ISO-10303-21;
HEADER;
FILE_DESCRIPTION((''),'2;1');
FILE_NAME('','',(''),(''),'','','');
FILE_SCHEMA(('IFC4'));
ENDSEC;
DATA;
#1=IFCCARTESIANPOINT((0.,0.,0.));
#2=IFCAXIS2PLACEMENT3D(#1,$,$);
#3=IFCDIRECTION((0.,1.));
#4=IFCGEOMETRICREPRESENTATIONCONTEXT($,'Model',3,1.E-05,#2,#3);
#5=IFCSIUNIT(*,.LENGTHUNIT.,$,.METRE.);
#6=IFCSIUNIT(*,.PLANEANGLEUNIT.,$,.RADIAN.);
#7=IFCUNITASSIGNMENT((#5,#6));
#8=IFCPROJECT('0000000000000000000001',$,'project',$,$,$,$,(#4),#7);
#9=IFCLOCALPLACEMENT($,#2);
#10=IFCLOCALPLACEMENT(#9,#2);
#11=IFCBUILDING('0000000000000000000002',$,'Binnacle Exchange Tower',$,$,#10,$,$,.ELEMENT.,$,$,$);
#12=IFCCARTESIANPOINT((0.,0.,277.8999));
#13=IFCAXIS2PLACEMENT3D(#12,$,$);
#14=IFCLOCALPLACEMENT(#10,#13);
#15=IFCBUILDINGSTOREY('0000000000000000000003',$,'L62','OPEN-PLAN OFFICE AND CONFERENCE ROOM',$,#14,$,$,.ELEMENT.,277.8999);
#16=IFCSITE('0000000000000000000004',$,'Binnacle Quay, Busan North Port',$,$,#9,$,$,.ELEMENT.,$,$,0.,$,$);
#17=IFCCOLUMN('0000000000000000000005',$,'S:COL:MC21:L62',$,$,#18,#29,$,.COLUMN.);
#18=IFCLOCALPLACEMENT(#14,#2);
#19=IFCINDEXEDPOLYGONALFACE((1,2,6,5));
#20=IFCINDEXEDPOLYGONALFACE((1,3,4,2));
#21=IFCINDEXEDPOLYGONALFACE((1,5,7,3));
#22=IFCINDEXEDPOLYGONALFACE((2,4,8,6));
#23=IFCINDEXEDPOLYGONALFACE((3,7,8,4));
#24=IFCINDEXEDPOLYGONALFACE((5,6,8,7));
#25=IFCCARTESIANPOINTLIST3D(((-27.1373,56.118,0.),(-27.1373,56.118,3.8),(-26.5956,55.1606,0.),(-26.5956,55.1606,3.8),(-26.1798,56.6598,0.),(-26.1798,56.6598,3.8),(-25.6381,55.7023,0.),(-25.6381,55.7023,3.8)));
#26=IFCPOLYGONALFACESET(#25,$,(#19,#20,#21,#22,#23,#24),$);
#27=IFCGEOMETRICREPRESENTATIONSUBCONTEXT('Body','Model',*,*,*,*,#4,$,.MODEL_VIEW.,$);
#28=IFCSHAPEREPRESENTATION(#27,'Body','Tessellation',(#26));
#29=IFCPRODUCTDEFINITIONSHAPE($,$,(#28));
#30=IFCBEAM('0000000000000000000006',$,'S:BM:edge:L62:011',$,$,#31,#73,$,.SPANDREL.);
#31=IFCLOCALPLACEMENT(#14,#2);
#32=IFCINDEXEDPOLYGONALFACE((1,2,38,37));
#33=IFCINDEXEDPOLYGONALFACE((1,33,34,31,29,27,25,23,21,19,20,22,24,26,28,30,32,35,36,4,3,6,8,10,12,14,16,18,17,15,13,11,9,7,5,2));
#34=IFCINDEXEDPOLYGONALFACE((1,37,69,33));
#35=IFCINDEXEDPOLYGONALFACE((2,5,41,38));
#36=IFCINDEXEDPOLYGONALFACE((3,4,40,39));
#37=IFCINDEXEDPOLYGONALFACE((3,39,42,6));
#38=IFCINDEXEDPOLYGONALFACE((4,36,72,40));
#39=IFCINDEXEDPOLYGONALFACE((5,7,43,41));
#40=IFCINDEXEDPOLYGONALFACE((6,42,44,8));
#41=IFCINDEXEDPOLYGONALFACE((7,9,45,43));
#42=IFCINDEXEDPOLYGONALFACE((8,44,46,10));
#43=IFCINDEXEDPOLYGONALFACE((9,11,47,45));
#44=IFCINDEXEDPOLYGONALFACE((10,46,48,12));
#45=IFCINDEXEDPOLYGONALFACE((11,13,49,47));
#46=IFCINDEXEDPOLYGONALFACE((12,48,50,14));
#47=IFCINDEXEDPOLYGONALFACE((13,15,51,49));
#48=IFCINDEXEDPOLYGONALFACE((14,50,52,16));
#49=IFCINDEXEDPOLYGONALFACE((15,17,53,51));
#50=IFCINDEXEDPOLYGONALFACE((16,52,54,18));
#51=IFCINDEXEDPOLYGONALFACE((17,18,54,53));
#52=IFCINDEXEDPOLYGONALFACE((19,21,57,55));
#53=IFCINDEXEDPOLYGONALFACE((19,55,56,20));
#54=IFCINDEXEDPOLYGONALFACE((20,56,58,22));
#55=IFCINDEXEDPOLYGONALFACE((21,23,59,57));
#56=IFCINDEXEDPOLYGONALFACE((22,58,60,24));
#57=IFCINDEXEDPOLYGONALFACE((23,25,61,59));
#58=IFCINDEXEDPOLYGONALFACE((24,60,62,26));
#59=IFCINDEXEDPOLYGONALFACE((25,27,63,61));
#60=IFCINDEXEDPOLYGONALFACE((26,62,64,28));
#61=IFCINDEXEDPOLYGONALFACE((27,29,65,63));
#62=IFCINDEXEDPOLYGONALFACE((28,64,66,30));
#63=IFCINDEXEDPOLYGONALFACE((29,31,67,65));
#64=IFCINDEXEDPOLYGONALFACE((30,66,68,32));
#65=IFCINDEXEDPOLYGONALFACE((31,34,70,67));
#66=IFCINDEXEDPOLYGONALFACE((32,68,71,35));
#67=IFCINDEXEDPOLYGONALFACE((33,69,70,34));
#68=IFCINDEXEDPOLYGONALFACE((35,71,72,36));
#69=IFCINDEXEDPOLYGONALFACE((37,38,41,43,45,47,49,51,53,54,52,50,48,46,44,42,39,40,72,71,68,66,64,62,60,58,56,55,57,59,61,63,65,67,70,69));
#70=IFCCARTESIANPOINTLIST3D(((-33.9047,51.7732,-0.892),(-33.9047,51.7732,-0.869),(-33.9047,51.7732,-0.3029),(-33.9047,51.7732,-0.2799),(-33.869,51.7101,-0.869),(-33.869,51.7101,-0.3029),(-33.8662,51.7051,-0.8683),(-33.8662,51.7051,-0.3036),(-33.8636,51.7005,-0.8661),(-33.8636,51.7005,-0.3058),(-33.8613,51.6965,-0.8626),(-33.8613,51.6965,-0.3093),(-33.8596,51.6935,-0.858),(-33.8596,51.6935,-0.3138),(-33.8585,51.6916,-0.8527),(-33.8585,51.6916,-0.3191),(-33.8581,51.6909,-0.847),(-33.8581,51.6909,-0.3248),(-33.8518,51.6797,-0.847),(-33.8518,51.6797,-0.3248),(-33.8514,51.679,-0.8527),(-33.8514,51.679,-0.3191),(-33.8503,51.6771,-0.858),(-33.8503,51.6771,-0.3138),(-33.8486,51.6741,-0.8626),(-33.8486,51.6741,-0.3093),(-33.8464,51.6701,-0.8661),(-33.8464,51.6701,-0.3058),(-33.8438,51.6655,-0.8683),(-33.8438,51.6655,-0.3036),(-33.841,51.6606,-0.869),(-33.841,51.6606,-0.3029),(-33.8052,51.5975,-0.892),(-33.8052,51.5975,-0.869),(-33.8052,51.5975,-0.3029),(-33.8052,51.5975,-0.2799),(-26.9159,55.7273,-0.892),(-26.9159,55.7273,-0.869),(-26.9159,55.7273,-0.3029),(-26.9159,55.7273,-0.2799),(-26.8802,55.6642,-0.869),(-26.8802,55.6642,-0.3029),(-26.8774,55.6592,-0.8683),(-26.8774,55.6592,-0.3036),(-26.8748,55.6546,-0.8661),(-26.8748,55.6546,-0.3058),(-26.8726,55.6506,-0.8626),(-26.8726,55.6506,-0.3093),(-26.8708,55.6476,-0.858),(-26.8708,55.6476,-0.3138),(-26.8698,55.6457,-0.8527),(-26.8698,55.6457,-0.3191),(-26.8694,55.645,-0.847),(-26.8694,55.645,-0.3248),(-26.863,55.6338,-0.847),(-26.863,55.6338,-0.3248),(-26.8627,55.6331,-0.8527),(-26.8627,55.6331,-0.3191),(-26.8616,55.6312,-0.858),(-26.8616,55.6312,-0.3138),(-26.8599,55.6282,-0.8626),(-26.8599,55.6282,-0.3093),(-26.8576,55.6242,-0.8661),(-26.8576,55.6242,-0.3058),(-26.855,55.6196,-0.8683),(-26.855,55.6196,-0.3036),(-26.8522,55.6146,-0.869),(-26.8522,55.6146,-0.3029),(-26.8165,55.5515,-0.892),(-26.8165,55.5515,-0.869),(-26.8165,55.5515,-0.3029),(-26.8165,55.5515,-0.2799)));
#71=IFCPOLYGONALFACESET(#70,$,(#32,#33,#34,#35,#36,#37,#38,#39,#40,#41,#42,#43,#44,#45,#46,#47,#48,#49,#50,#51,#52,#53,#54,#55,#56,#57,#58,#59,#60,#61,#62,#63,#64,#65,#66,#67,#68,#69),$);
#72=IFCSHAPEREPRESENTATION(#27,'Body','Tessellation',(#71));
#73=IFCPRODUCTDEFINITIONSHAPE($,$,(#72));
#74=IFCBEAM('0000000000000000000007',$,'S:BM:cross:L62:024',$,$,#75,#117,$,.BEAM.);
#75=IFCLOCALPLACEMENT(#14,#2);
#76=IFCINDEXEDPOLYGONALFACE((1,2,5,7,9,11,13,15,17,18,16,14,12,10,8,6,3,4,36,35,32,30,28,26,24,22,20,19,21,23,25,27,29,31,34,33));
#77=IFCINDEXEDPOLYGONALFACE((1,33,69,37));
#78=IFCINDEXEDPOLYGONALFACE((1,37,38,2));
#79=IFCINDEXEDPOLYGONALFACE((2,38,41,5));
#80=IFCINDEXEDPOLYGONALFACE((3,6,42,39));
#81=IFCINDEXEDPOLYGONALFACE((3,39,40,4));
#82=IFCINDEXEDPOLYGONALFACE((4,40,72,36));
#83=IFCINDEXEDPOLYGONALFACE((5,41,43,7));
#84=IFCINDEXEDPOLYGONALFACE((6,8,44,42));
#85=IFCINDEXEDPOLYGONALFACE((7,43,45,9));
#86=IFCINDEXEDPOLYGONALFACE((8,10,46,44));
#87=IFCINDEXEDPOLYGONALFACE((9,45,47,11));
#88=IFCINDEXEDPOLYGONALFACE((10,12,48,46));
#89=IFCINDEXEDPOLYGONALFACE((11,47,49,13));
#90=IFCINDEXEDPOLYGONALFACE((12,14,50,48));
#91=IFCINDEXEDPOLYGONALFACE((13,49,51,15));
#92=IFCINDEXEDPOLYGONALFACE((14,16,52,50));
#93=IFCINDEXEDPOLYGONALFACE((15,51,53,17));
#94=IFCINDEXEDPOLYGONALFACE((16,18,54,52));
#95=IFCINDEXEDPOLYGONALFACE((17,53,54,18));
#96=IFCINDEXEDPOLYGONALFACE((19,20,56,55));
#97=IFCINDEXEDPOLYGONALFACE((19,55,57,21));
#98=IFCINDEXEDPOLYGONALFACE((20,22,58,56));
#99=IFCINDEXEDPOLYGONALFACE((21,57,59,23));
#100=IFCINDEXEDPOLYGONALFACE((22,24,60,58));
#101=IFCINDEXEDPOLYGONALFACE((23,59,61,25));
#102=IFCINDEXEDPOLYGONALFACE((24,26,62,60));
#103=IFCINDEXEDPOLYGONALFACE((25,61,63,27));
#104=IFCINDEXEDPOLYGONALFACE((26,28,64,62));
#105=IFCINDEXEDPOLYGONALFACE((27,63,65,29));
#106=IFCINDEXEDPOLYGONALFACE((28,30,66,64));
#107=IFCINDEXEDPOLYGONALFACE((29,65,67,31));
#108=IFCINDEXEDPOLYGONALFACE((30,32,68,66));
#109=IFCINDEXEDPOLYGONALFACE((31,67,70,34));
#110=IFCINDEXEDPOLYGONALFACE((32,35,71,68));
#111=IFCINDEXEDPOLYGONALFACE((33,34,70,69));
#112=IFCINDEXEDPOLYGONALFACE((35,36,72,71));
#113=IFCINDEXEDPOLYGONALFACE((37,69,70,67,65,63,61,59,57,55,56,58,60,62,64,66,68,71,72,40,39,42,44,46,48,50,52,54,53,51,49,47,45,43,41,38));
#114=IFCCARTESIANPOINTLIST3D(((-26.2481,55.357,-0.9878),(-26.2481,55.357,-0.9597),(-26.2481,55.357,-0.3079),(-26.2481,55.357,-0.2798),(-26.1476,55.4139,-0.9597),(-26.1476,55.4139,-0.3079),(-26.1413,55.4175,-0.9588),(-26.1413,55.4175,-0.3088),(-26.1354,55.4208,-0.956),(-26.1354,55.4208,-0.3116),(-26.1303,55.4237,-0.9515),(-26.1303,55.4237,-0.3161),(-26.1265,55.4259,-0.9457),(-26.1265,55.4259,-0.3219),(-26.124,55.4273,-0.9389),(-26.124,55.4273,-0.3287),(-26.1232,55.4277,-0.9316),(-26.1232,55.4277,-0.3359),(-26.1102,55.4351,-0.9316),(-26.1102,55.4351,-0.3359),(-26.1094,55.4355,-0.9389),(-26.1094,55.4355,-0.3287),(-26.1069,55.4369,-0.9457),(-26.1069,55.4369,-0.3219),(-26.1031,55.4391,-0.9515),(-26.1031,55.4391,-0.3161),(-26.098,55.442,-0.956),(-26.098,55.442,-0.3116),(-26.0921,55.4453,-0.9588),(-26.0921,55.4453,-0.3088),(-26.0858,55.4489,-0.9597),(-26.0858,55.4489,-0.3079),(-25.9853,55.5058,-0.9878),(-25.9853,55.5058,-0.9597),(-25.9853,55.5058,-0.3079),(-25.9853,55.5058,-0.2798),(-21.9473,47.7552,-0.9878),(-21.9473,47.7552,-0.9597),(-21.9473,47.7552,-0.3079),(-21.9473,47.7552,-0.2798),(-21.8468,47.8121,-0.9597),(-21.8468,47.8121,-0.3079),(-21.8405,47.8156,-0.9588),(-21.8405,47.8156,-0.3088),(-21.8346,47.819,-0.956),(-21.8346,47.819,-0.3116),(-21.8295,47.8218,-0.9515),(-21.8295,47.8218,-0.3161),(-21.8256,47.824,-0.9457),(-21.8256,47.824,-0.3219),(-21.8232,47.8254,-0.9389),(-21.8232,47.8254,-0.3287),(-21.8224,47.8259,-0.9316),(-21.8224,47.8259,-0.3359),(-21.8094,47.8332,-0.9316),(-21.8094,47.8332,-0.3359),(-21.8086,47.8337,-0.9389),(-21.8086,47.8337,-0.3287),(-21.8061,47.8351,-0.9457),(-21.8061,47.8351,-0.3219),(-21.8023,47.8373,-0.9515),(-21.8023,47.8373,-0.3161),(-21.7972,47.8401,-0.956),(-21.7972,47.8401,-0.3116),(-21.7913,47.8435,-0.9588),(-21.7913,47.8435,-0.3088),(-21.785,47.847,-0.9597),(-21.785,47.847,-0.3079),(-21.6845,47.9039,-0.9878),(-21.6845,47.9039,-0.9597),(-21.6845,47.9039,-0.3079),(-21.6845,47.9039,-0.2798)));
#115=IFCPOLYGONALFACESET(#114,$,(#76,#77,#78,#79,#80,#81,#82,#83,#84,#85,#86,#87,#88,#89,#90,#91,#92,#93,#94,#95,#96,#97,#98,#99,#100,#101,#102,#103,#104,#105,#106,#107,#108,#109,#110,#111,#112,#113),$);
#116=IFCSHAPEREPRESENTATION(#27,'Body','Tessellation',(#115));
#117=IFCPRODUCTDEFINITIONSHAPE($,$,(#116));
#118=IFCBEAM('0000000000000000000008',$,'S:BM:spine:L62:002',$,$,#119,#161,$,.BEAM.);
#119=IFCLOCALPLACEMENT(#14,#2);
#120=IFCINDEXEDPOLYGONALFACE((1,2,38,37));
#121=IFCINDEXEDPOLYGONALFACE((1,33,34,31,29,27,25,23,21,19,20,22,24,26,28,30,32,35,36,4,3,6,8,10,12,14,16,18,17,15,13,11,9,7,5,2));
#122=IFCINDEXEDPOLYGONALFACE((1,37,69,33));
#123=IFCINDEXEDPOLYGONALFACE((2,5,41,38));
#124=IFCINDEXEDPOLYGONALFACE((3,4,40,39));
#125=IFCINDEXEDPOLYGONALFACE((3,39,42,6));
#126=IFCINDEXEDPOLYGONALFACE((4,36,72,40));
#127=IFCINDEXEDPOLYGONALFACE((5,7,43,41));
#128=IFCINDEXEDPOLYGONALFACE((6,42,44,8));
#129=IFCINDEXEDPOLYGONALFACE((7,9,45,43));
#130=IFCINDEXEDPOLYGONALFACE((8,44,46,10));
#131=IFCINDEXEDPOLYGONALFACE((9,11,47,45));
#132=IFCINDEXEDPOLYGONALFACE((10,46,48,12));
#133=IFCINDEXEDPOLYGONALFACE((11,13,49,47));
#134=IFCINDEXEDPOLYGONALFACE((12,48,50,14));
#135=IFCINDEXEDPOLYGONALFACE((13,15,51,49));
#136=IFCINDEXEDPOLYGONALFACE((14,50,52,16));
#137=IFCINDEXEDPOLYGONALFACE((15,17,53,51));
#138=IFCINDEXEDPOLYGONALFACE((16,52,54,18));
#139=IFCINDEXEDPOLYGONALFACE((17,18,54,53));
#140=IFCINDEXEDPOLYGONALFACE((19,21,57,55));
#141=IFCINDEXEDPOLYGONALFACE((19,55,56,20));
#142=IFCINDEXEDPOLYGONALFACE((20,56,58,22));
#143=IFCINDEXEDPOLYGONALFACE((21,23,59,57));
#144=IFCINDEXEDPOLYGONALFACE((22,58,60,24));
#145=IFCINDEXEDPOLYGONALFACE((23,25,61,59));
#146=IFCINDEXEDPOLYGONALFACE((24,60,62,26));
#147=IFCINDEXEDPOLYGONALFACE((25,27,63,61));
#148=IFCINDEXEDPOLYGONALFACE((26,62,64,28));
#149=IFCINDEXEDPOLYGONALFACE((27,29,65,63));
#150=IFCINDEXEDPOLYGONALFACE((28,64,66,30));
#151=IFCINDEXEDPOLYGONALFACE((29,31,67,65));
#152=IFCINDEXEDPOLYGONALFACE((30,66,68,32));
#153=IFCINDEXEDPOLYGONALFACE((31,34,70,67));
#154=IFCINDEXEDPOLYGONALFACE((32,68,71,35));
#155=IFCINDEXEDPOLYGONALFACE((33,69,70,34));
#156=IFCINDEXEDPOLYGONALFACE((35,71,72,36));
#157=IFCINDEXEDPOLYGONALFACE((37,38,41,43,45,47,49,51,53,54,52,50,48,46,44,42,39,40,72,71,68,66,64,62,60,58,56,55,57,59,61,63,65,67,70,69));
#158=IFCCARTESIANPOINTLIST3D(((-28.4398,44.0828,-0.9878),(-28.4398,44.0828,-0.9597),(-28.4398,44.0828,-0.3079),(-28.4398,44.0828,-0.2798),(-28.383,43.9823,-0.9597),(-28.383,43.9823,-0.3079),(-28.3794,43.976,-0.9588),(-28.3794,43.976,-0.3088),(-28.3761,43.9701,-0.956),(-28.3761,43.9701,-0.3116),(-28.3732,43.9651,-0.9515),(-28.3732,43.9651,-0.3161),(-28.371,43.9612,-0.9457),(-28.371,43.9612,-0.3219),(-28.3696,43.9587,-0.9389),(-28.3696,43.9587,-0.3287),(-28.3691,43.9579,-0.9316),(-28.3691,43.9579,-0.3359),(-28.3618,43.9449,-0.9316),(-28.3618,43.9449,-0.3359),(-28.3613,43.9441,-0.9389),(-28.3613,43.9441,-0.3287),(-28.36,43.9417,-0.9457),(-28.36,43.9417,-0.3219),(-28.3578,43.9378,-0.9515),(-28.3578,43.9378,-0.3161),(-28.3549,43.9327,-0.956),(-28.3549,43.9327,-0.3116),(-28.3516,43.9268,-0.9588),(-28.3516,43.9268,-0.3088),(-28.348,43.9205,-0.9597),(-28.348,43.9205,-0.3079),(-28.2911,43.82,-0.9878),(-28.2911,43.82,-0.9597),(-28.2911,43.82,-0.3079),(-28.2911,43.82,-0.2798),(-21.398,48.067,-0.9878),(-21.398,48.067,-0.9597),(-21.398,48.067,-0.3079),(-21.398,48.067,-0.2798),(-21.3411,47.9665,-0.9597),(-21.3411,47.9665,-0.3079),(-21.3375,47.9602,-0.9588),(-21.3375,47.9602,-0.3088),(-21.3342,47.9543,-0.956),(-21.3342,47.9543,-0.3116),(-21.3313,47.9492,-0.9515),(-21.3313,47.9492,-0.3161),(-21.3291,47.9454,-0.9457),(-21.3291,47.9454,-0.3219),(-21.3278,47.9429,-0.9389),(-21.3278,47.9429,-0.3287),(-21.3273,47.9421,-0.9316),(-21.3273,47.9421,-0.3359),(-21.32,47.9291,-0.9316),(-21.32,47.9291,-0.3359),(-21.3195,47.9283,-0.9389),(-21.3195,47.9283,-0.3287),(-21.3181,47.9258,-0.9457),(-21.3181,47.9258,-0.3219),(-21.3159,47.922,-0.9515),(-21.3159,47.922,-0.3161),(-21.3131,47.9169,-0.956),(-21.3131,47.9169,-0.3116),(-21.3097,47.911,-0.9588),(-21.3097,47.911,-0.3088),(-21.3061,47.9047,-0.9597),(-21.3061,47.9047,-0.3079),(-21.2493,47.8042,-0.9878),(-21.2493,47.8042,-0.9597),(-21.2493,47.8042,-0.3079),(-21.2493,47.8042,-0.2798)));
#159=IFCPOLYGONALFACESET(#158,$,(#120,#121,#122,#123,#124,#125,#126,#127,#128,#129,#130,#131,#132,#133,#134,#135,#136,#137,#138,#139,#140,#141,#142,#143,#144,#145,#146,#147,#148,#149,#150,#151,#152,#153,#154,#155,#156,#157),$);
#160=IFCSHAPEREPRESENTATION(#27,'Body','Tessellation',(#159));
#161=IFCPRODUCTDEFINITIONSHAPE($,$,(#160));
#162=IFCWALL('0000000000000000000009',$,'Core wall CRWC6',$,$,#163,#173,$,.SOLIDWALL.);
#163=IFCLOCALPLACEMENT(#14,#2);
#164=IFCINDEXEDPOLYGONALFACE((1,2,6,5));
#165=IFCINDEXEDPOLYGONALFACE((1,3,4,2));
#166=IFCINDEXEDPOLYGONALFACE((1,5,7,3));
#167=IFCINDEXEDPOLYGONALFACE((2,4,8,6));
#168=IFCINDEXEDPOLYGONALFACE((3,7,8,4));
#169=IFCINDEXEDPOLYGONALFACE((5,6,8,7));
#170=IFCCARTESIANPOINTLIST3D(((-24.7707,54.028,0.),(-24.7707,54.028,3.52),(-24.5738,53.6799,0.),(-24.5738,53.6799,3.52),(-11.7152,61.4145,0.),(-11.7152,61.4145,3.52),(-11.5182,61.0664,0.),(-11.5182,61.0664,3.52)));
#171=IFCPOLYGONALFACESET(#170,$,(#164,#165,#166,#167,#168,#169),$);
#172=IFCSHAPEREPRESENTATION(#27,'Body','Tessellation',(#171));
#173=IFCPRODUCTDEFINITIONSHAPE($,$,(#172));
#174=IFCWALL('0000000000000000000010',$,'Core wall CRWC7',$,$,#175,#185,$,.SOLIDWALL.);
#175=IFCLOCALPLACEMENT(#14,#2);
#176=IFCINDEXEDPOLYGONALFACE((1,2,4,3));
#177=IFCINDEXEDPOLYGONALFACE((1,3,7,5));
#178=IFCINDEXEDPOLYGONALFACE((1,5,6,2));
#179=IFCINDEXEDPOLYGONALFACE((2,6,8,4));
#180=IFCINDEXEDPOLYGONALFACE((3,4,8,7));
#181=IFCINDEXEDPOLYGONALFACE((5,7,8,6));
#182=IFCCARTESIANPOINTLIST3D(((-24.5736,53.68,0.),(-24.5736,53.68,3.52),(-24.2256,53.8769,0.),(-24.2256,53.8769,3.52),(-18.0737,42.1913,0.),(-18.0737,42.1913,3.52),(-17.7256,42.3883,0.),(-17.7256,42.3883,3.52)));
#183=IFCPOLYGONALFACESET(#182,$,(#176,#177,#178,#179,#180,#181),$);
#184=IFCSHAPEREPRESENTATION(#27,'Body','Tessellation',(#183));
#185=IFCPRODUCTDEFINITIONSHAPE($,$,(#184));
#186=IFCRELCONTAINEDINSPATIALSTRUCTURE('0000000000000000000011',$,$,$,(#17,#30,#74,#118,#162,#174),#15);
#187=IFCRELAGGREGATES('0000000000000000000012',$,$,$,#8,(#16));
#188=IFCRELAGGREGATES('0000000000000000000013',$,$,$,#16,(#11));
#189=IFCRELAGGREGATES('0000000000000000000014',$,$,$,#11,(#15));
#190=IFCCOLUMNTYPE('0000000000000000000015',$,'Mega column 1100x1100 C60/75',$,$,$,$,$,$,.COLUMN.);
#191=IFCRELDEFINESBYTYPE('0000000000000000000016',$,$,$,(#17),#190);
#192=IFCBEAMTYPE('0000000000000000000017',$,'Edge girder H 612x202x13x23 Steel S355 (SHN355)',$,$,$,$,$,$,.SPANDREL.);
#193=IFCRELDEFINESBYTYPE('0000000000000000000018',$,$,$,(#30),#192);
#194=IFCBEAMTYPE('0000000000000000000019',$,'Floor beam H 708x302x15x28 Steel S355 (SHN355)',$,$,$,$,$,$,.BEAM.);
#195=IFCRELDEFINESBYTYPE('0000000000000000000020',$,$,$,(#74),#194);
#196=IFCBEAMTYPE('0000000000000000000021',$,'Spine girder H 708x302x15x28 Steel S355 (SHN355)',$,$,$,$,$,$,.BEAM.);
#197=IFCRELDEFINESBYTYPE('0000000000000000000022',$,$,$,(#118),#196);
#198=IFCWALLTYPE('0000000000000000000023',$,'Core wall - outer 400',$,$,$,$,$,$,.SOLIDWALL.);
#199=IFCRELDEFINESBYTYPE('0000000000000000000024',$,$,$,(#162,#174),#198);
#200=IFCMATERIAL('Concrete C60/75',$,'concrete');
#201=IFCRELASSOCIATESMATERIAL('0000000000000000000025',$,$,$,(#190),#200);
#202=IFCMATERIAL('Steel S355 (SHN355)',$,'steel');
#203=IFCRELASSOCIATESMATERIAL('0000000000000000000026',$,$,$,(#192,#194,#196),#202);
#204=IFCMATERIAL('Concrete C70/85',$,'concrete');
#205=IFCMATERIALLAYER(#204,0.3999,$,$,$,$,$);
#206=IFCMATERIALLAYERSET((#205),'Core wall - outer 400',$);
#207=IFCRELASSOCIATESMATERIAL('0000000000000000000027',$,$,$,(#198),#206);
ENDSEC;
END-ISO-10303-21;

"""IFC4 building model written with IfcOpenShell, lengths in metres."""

from ifc_helpers import new_model, si_unit, direction, frame, frame_2d, origin, origin_2d, place, context, subcontext, project, spatial, rectangle, i_section, extrude, material, layer, layer_set, material_profile, profile_set, type_object, element, save


model = new_model("IFC4")

# Units and contexts
model_context = context("Model", 3, precision=1e-05, world=origin(), true_north=direction((0.0, 1.0)))
body_context = subcontext(model_context, "Body", "Model", "MODEL_VIEW")
ifc_project = project(units=[si_unit("LENGTHUNIT", "METRE"), si_unit("PLANEANGLEUNIT", "RADIAN")], contexts=[model_context])

# Site, building, storey
site_placement = place(None, origin())
site = spatial("IfcSite", under=ifc_project, at=site_placement, Name="Binnacle Quay, Busan North Port", CompositionType="ELEMENT", RefElevation=0.0)
building_placement = place(site_placement, origin())
building = spatial("IfcBuilding", under=site, at=building_placement, Name="Binnacle Exchange Tower", CompositionType="ELEMENT")
storey_placement = place(building_placement, frame((0.0, 0.0, 277.8999)))
storey = spatial("IfcBuildingStorey", under=building, at=storey_placement, Name="L62", Description="OPEN-PLAN OFFICE AND CONFERENCE ROOM", CompositionType="ELEMENT", Elevation=277.8999)

# Column
ifc_material_1 = material(Name="Concrete C60/75", Category="concrete")
ifc_material_profile_1 = material_profile(ifc_material_1, rectangle(XDim=1.1001, YDim=1.1001, at=origin_2d()), Name="Mega column 1100x1100 C60/75")
ifc_profile_set_1 = profile_set([ifc_material_profile_1], Name="Concrete C60/75")
column_type = type_object("IfcColumnType", Name="Mega column 1100x1100 C60/75", PredefinedType="COLUMN", material=ifc_profile_set_1)
column_placement = place(storey_placement, frame((-26.3877, 55.9102, 0.0), z_axis=(0.0, 0.0, 1.0), x_axis=(-0.870356, -0.492424, 0.0)))
element("IfcColumn", 1, at=column_placement, inside=storey, type_object=column_type, Name="S:COL:MC21:L62", PredefinedType="COLUMN", context=body_context, shape_type="SweptSolid", body=[
    extrude(rectangle(XDim=1.1001, YDim=1.1001, at=origin_2d()), origin(), (0.0, 0.0, 1.0), 3.8),
])

# Beams
ifc_material_2 = material(Name="Steel S355 (SHN355)", Category="steel")
ifc_material_profile_2 = material_profile(ifc_material_2, i_section(OverallWidth=0.2019, OverallDepth=0.6121, WebThickness=0.0129, FlangeThickness=0.0229, FilletRadius=0.022, at=origin_2d()), Name="H 612x202x13x23")
ifc_profile_set_2 = profile_set([ifc_material_profile_2], Name="Steel S355 (SHN355)")
beam_type_1 = type_object("IfcBeamType", Name="Edge girder H 612x202x13x23 Steel S355 (SHN355)", PredefinedType="SPANDREL", material=ifc_profile_set_2)
beam_1_placement = place(storey_placement, frame((-26.8662, 55.6394, -0.5859), z_axis=(-0.870353, -0.492428, 0.0), x_axis=(0.492428, -0.870353, 0.0)))
element("IfcBeam", 2, at=beam_1_placement, inside=storey, type_object=beam_type_1, Name="S:BM:edge:L62:011", PredefinedType="SPANDREL", context=body_context, shape_type="SweptSolid", body=[
    extrude(i_section(OverallWidth=0.2019, OverallDepth=0.6121, WebThickness=0.0129, FlangeThickness=0.0229, FilletRadius=0.022, at=origin_2d()), origin(), (0.0, 0.0, 1.0), 8.0298),
])
ifc_material_profile_3 = material_profile(ifc_material_2, i_section(OverallWidth=0.302, OverallDepth=0.708, WebThickness=0.0149, FlangeThickness=0.0281, FilletRadius=0.0281, at=origin_2d()), Name="H 708x302x15x28")
ifc_profile_set_3 = profile_set([ifc_material_profile_3], Name="Steel S355 (SHN355)")
beam_type_2 = type_object("IfcBeamType", Name="Floor beam H 708x302x15x28 Steel S355 (SHN355)", PredefinedType="BEAM", material=ifc_profile_set_3)
beam_2_placement = place(storey_placement, frame((-26.1167, 55.4314, -0.6338), z_axis=(0.492414, -0.870361, 0.0), x_axis=(0.870361, 0.492414, 0.0)))
element("IfcBeam", 3, at=beam_2_placement, inside=storey, type_object=beam_type_2, Name="S:BM:cross:L62:024", PredefinedType="BEAM", context=body_context, shape_type="SweptSolid", body=[
    extrude(i_section(OverallWidth=0.302, OverallDepth=0.708, WebThickness=0.0149, FlangeThickness=0.0281, FilletRadius=0.0281, at=origin_2d()), origin(), (0.0, 0.0, 1.0), 8.7341),
])
ifc_material_profile_4 = material_profile(ifc_material_2, i_section(OverallWidth=0.302, OverallDepth=0.708, WebThickness=0.0149, FlangeThickness=0.0281, FilletRadius=0.0281, at=origin_2d()), Name="H 708x302x15x28")
ifc_profile_set_4 = profile_set([ifc_material_profile_4], Name="Steel S355 (SHN355)")
beam_type_3 = type_object("IfcBeamType", Name="Spine girder H 708x302x15x28 Steel S355 (SHN355)", PredefinedType="BEAM", material=ifc_profile_set_4)
beam_3_placement = place(storey_placement, frame((-28.3655, 43.9514, -0.6338), z_axis=(0.87035, 0.492433, 0.0), x_axis=(-0.492433, 0.87035, 0.0)))
element("IfcBeam", 4, at=beam_3_placement, inside=storey, type_object=beam_type_3, Name="S:BM:spine:L62:002", PredefinedType="BEAM", context=body_context, shape_type="SweptSolid", body=[
    extrude(i_section(OverallWidth=0.302, OverallDepth=0.708, WebThickness=0.0149, FlangeThickness=0.0281, FilletRadius=0.0281, at=origin_2d()), origin(), (0.0, 0.0, 1.0), 8.0908),
])

# Walls
ifc_material_3 = material(Name="Concrete C70/85", Category="concrete")
ifc_layer_1 = layer(ifc_material_3, 0.3999)
ifc_layer_set_1 = layer_set([ifc_layer_1], Name="Core wall - outer 400")
wall_type_1 = type_object("IfcWallType", Name="Core wall - outer 400", PredefinedType="SOLIDWALL", material=ifc_layer_set_1)
wall_1_placement = place(storey_placement, frame((-24.6721, 53.854, 0.0), z_axis=(0.0, 0.0, 1.0), x_axis=(0.870354, 0.492427, 0.0)))
element("IfcWall", 5, at=wall_1_placement, inside=storey, type_object=wall_type_1, Name="Core wall CRWC6", PredefinedType="SOLIDWALL", context=body_context, shape_type="SweptSolid", body=[
    extrude(rectangle(XDim=15.0002, YDim=0.3999, at=frame_2d((7.5, 0.0))), origin(), (0.0, 0.0, 1.0), 3.52),
])
wall_2_placement = place(storey_placement, frame((-24.3997, 53.7786, 0.0), z_axis=(0.0, 0.0, 1.0), x_axis=(0.492422, -0.870357, 0.0)))
element("IfcWall", 6, at=wall_2_placement, inside=storey, type_object=wall_type_1, Name="Core wall CRWC7", PredefinedType="SOLIDWALL", context=body_context, shape_type="SweptSolid", body=[
    extrude(rectangle(XDim=13.2, YDim=0.3999, at=frame_2d((6.6001, 0.0))), origin(), (0.0, 0.0, 1.0), 3.52),
])

save(model, "model.ifc")
